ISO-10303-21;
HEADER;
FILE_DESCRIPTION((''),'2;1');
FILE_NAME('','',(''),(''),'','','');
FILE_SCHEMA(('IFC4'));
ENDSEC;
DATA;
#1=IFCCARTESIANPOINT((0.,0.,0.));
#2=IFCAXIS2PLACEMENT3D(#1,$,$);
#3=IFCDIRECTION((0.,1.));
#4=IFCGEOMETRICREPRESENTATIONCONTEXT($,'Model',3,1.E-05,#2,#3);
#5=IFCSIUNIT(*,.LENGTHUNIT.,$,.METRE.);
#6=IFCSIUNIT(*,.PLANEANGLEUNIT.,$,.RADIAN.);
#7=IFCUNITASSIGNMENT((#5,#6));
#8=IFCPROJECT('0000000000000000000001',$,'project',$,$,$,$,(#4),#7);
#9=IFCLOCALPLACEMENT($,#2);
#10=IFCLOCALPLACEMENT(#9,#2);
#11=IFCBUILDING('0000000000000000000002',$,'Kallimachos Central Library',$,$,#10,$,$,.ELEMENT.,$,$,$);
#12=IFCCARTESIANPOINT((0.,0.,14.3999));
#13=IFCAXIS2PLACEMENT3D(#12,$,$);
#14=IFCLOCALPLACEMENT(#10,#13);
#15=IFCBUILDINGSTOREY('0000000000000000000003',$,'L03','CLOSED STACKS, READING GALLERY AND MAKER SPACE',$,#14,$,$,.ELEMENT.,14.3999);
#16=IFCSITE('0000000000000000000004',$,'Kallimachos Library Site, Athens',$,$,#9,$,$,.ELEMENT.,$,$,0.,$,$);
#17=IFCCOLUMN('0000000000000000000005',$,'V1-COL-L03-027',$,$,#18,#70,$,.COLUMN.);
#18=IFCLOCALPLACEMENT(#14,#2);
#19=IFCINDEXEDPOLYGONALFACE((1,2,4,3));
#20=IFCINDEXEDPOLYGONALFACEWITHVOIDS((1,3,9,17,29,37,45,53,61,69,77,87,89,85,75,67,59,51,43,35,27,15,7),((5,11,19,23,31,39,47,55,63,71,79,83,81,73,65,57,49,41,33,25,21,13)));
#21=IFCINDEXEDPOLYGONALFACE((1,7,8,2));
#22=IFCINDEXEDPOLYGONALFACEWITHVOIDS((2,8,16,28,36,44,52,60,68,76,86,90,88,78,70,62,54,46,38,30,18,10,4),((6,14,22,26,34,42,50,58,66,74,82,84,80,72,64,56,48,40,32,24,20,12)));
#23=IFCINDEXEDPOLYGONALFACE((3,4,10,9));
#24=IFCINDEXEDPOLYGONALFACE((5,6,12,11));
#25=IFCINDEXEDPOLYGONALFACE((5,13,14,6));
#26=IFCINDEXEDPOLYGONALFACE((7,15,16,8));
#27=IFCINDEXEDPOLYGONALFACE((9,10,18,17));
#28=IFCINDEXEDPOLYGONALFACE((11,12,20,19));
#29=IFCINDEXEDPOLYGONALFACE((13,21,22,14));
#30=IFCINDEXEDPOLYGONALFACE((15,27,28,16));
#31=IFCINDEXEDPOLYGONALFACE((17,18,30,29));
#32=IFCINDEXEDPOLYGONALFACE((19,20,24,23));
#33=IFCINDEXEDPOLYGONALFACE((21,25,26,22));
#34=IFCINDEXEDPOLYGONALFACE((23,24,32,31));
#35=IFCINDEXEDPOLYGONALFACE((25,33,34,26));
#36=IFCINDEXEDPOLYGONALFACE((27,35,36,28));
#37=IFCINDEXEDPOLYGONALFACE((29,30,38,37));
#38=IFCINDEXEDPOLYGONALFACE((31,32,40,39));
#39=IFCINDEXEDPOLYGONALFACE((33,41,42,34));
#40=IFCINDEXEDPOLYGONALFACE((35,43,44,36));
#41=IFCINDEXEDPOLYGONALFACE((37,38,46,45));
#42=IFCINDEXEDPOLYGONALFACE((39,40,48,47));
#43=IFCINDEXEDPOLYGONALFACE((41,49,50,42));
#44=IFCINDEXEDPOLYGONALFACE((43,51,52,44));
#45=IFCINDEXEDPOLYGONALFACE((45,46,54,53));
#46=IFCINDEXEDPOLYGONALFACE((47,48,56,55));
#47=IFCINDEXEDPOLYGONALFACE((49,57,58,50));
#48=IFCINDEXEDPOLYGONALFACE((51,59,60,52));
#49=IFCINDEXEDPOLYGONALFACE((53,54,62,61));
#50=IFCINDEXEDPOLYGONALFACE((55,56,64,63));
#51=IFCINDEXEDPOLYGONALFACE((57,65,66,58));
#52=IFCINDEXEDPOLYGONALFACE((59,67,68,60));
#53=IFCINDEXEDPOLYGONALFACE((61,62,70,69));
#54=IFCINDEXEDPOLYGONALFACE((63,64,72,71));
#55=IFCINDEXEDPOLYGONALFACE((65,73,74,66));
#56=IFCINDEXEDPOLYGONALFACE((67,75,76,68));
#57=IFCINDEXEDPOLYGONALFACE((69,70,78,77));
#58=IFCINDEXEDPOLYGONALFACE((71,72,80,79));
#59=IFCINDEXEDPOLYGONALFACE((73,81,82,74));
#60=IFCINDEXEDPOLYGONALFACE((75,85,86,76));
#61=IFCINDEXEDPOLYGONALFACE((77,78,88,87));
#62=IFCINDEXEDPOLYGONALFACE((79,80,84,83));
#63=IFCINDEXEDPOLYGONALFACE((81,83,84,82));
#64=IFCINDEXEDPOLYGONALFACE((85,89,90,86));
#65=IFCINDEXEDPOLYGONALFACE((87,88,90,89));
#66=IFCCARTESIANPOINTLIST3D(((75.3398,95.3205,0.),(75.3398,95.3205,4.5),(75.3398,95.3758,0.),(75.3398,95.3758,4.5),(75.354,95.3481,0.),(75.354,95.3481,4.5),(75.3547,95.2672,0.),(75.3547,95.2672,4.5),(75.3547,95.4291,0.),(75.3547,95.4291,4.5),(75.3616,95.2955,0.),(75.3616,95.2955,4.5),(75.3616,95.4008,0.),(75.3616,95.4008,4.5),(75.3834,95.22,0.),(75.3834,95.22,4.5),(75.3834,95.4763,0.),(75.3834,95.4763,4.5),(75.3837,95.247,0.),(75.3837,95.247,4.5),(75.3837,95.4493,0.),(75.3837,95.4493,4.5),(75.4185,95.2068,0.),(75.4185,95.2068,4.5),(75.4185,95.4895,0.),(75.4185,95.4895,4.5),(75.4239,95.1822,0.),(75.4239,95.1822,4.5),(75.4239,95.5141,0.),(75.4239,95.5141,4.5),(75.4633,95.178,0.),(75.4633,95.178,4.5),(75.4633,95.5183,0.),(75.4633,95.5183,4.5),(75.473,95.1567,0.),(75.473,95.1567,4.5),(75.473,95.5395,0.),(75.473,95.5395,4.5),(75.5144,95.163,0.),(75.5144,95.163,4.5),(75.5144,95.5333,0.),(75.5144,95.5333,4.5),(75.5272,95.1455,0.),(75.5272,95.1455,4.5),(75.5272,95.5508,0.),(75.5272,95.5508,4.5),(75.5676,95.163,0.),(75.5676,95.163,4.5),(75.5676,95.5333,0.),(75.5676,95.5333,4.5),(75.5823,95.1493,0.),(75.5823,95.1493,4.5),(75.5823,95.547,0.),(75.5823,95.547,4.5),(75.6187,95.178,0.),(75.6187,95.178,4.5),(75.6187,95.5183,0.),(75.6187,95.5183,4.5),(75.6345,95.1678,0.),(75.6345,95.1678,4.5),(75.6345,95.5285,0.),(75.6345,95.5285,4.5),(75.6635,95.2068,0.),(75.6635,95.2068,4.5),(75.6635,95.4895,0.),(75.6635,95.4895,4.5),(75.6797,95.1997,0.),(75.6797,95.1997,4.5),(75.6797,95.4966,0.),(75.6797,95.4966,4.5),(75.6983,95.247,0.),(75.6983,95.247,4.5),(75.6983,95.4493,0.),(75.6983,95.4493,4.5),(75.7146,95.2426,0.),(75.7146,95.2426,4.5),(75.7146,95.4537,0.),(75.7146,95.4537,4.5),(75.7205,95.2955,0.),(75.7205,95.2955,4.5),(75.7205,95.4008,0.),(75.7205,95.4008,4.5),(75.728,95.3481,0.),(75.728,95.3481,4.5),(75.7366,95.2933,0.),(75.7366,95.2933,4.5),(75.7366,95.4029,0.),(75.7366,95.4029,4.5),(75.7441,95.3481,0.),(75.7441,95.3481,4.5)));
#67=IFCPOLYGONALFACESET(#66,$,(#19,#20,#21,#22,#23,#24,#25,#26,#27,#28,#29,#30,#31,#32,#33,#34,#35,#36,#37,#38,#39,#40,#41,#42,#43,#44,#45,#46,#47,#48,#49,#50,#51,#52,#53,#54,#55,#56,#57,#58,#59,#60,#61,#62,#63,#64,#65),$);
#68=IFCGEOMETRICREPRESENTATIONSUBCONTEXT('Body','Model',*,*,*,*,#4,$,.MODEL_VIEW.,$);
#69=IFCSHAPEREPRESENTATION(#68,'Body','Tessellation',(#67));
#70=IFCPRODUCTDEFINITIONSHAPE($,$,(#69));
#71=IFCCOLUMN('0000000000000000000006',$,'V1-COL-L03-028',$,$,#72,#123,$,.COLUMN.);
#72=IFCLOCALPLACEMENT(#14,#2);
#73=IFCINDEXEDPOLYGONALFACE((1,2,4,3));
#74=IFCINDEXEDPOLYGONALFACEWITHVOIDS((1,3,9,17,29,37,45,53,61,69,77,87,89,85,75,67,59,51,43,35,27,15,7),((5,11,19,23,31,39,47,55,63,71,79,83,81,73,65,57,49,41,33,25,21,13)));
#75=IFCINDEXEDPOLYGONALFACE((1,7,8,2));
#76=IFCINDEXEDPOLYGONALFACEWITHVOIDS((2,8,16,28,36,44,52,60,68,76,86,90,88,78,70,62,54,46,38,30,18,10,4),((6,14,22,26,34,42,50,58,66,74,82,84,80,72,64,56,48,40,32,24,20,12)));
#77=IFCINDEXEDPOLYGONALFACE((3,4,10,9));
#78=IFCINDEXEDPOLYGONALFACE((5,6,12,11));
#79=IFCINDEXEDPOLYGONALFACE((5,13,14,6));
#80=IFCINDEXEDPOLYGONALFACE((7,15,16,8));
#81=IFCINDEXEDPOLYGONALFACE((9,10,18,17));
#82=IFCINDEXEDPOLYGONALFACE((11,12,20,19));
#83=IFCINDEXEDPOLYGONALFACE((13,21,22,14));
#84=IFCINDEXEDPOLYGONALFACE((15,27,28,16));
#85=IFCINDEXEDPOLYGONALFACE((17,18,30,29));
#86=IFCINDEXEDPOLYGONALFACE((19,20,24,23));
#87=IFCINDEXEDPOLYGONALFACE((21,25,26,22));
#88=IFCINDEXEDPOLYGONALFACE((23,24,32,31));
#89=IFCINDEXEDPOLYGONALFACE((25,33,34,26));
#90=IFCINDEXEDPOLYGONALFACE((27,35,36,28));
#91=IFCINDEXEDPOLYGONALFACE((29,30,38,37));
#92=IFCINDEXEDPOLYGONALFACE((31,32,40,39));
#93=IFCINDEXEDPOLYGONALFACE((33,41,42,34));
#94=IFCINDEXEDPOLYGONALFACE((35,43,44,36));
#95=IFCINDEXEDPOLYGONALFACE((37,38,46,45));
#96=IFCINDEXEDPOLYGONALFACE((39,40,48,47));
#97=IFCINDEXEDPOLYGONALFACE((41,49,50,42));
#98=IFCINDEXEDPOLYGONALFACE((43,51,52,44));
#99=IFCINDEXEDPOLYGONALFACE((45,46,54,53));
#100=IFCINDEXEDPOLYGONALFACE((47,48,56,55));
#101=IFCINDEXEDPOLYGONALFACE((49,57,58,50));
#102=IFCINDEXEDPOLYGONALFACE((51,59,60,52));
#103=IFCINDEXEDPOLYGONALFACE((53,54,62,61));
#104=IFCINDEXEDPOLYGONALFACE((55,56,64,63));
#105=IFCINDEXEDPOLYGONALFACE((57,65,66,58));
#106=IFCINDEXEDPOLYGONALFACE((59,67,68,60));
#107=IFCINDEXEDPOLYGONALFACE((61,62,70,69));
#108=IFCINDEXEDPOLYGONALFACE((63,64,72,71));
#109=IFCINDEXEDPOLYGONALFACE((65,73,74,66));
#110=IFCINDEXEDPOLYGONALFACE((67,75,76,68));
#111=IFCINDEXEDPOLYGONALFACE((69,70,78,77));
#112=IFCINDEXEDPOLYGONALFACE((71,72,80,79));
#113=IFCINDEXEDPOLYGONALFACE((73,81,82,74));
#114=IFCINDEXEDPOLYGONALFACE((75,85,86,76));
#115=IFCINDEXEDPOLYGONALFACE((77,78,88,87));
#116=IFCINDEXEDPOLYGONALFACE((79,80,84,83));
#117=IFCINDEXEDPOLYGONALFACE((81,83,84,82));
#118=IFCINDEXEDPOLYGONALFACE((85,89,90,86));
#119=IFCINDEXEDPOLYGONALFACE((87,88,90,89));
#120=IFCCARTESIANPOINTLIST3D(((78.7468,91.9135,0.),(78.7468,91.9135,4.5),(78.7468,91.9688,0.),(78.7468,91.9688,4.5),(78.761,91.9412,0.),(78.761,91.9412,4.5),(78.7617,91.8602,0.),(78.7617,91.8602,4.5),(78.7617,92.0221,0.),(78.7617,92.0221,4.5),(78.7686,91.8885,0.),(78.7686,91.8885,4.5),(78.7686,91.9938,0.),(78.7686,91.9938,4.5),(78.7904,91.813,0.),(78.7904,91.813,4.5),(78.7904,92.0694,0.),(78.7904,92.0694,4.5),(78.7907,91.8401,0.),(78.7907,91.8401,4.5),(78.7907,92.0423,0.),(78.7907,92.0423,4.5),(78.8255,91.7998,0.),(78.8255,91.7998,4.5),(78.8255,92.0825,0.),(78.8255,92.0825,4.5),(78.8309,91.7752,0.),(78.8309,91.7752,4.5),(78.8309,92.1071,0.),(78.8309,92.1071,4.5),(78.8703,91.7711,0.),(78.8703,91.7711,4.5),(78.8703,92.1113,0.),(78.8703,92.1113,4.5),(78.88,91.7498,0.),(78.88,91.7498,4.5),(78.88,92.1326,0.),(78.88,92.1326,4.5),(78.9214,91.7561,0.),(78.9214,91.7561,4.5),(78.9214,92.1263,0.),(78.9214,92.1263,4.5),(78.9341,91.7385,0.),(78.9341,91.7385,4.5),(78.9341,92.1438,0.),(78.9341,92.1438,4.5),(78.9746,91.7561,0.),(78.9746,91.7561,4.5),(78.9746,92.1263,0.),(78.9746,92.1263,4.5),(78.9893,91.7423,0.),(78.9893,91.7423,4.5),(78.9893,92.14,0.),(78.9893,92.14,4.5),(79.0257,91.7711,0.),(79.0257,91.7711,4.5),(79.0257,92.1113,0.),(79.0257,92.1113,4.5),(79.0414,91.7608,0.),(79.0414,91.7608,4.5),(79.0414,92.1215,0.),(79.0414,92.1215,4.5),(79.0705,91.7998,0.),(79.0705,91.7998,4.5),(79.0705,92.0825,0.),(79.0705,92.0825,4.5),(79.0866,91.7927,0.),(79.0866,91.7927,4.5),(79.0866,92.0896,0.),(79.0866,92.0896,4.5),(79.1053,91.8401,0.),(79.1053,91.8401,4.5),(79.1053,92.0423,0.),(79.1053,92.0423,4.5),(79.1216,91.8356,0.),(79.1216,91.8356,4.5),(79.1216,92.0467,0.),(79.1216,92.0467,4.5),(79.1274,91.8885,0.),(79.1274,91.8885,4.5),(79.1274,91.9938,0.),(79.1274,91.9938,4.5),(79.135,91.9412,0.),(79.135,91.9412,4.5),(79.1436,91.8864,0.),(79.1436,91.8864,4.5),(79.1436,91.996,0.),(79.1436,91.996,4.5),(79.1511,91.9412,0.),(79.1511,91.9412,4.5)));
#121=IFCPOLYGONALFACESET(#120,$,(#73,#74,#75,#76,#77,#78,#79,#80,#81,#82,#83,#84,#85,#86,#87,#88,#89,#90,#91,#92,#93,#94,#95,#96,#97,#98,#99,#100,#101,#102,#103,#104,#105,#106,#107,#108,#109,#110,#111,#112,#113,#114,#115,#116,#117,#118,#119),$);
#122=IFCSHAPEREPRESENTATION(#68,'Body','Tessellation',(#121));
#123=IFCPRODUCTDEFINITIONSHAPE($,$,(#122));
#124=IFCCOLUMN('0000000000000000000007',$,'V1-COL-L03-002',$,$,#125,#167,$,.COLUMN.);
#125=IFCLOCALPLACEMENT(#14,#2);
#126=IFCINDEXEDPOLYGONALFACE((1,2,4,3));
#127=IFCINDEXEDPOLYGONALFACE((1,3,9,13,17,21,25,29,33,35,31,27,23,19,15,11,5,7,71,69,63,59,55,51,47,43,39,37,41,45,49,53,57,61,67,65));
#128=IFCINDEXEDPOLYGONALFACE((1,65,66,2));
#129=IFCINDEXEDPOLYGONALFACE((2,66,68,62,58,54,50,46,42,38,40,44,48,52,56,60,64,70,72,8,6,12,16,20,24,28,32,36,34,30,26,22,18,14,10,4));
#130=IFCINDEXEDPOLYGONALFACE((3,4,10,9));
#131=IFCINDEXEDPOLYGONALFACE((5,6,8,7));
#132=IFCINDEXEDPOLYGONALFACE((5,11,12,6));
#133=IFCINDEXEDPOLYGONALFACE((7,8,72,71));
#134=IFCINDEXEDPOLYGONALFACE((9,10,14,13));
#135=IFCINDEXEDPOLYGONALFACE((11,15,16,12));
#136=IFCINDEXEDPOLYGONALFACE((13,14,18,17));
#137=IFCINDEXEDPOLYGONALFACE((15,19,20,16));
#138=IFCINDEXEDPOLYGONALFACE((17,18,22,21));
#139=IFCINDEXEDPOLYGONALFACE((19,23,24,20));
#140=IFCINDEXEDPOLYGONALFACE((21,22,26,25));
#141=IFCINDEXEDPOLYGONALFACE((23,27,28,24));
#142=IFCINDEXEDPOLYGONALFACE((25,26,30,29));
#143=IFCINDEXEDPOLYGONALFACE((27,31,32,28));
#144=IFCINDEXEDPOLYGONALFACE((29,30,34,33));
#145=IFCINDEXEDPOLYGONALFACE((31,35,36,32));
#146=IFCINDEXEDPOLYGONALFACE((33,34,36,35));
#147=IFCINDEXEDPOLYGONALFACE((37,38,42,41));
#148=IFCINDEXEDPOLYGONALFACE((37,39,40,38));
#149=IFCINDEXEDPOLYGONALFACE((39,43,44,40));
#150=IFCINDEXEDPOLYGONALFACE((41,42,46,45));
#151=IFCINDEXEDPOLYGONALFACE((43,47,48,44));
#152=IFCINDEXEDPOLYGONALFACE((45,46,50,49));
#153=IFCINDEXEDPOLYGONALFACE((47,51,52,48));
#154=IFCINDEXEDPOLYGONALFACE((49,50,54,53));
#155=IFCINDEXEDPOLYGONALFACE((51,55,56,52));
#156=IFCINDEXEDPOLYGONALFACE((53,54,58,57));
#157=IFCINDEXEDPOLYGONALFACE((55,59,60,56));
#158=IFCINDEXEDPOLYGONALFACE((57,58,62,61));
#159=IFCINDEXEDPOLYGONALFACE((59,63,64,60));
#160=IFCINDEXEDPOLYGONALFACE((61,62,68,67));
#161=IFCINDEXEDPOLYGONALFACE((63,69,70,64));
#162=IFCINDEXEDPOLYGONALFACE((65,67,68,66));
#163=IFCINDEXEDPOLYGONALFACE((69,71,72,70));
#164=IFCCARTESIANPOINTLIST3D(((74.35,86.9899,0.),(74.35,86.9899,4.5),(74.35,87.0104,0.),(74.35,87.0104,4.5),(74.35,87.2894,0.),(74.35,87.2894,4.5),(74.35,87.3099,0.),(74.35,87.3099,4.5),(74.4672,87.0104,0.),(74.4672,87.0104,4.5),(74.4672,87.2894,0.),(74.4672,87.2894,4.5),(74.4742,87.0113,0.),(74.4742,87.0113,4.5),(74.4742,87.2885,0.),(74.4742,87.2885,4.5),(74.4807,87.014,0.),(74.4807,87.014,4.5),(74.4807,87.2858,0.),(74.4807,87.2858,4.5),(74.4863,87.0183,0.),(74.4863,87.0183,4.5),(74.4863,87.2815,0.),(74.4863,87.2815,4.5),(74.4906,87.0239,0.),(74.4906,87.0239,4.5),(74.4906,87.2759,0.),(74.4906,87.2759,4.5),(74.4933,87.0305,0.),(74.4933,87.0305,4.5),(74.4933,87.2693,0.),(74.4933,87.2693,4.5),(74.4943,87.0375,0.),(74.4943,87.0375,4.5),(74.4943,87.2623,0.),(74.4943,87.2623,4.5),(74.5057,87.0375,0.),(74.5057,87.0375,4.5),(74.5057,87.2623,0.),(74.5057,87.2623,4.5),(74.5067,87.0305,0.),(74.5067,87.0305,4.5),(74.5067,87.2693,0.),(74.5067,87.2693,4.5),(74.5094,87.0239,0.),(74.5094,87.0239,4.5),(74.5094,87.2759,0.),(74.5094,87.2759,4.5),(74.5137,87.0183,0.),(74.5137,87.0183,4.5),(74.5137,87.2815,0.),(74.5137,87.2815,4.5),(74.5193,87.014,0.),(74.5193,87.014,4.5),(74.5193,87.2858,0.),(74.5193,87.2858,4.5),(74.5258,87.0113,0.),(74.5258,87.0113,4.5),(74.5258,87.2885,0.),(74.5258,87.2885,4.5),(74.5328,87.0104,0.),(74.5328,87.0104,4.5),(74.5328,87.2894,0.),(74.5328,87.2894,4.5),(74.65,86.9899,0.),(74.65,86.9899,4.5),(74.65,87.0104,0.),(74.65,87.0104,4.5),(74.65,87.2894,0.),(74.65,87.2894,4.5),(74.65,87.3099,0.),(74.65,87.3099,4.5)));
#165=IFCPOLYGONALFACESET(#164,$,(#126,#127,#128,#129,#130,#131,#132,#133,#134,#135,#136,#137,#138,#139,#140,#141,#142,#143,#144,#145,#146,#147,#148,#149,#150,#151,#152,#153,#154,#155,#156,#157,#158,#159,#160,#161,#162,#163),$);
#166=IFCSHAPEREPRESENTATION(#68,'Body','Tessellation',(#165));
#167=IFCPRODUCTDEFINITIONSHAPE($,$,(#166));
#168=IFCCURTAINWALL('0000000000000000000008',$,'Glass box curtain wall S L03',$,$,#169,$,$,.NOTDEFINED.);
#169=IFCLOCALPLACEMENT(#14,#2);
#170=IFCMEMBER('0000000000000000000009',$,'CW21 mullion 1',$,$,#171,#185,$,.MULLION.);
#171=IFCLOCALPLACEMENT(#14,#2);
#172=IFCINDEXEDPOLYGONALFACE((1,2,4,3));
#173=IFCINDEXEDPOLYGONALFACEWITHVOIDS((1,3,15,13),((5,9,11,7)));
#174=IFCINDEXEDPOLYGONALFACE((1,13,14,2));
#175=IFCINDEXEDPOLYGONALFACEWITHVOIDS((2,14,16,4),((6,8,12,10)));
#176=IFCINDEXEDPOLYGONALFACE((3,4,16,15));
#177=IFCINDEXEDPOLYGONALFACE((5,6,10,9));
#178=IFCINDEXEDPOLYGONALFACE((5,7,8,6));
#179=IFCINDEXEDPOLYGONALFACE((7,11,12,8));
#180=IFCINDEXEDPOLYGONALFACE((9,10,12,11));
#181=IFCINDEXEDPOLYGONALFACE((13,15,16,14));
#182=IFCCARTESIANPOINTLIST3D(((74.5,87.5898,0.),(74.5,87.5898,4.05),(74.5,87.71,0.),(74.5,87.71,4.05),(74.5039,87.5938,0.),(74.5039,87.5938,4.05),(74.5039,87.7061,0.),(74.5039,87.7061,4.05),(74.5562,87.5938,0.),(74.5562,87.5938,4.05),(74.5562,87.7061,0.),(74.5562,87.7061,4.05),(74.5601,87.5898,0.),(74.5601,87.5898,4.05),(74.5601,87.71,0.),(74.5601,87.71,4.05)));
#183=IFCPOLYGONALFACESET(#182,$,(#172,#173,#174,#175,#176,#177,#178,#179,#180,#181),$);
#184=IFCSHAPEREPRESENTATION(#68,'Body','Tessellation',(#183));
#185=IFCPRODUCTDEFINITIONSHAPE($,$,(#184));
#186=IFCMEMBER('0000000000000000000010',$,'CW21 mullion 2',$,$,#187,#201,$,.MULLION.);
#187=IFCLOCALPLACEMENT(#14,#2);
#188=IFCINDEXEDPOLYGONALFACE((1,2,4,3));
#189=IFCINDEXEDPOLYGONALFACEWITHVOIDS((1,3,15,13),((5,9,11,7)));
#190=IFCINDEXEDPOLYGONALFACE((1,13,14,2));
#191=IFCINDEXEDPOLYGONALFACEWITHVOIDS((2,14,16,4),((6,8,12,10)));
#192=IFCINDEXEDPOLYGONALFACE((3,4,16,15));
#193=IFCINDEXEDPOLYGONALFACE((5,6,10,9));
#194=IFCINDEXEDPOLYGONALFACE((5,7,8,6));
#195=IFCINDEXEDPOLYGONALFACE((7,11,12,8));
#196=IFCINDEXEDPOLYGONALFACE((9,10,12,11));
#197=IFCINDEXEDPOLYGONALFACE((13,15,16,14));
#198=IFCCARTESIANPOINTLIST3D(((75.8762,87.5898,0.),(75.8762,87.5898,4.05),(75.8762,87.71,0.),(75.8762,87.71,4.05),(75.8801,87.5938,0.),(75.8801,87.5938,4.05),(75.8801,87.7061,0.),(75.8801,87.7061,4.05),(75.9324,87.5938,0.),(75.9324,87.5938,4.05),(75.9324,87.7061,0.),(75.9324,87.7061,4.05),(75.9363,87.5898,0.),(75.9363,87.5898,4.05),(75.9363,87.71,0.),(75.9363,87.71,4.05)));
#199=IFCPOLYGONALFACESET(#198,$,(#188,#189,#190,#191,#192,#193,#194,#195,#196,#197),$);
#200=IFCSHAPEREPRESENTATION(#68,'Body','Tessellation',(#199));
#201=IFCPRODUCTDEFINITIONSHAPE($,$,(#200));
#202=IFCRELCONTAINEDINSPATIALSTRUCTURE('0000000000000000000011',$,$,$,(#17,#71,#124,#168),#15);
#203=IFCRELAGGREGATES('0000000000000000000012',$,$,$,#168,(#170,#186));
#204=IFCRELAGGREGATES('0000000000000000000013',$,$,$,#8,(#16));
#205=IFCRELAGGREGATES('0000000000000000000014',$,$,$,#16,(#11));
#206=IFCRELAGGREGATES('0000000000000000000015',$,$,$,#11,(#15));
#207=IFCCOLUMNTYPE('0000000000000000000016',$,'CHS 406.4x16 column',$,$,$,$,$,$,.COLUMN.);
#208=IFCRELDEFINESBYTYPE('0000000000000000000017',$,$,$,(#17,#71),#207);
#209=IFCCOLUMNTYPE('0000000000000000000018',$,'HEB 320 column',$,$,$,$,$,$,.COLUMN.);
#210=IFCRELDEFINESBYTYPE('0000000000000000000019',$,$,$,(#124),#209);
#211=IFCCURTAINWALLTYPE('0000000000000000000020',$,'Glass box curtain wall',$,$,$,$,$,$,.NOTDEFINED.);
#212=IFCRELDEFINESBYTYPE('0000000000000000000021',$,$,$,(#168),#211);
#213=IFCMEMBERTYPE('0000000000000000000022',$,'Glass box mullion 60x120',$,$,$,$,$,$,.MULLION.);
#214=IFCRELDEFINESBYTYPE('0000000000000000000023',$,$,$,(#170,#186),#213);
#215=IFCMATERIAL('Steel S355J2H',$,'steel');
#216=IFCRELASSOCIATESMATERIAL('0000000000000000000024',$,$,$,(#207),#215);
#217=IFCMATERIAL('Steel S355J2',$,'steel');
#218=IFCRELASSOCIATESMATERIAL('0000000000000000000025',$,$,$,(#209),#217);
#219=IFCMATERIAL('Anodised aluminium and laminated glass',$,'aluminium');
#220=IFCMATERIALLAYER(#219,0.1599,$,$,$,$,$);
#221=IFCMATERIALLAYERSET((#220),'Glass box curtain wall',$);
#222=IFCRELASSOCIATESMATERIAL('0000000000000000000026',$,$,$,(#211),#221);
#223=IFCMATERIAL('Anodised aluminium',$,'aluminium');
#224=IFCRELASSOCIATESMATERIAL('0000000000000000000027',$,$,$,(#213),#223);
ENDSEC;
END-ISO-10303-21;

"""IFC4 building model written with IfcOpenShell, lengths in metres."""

from ifc_helpers import new_model, si_unit, direction, frame, origin, origin_2d, place, context, subcontext, project, spatial, hollow_rectangle, hollow_circle, i_section, extrude, material, layer, layer_set, material_profile, profile_set, type_object, element, aggregate, save


model = new_model("IFC4")

# Units and contexts
model_context = context("Model", 3, precision=1e-05, world=origin(), true_north=direction((0.0, 1.0)))
body_context = subcontext(model_context, "Body", "Model", "MODEL_VIEW")
ifc_project = project(units=[si_unit("LENGTHUNIT", "METRE"), si_unit("PLANEANGLEUNIT", "RADIAN")], contexts=[model_context])

# Site, building, storey
site_placement = place(None, origin())
site = spatial("IfcSite", under=ifc_project, at=site_placement, Name="Kallimachos Library Site, Athens", CompositionType="ELEMENT", RefElevation=0.0)
building_placement = place(site_placement, origin())
building = spatial("IfcBuilding", under=site, at=building_placement, Name="Kallimachos Central Library", CompositionType="ELEMENT")
storey_placement = place(building_placement, frame((0.0, 0.0, 14.3999)))
storey = spatial("IfcBuildingStorey", under=building, at=storey_placement, Name="L03", Description="CLOSED STACKS, READING GALLERY AND MAKER SPACE", CompositionType="ELEMENT", Elevation=14.3999)

# Columns
ifc_material_1 = material(Name="Steel S355J2H", Category="steel")
ifc_material_profile_1 = material_profile(ifc_material_1, hollow_circle(Radius=0.2031, WallThickness=0.0161, at=origin_2d()), Name="CHS 406.4x16")
ifc_profile_set_1 = profile_set([ifc_material_profile_1], Name="Steel S355J2H")
column_type_1 = type_object("IfcColumnType", Name="CHS 406.4x16 column", PredefinedType="COLUMN", material=ifc_profile_set_1)
for number, where, z_axis, x_axis, name in (
    (1, (75.541, 95.3481, 0.0), (0.0, 0.0, 1.0), (1.0, 0.0, 0.0), "V1-COL-L03-027"),
    (2, (78.948, 91.9412, 0.0), (0.0, 0.0, 1.0), (1.0, 0.0, 0.0), "V1-COL-L03-028"),
):
    element("IfcColumn", number, at=place(storey_placement, frame(where, z_axis=z_axis, x_axis=x_axis)), inside=storey, type_object=column_type_1, Name=name, PredefinedType="COLUMN", context=body_context, shape_type="SweptSolid", body=[
        extrude(hollow_circle(Radius=0.2031, WallThickness=0.0161, at=origin_2d()), origin(), (0.0, 0.0, 1.0), 4.5),
    ])
ifc_material_2 = material(Name="Steel S355J2", Category="steel")
ifc_material_profile_2 = material_profile(ifc_material_2, i_section(OverallWidth=0.3, OverallDepth=0.3201, WebThickness=0.0115, FlangeThickness=0.0205, FilletRadius=0.0271, at=origin_2d()), Name="HEB 320")
ifc_profile_set_2 = profile_set([ifc_material_profile_2], Name="Steel S355J2")
column_type_2 = type_object("IfcColumnType", Name="HEB 320 column", PredefinedType="COLUMN", material=ifc_profile_set_2)
column_placement = place(storey_placement, frame((74.5, 87.1499, 0.0), z_axis=(0.0, 0.0, 1.0), x_axis=(1.0, 0.0, 0.0)))
element("IfcColumn", 3, at=column_placement, inside=storey, type_object=column_type_2, Name="V1-COL-L03-002", PredefinedType="COLUMN", context=body_context, shape_type="SweptSolid", body=[
    extrude(i_section(OverallWidth=0.3, OverallDepth=0.3201, WebThickness=0.0115, FlangeThickness=0.0205, FilletRadius=0.0271, at=origin_2d()), origin(), (0.0, 0.0, 1.0), 4.5),
])

# Curtain wall, members
ifc_material_3 = material(Name="Anodised aluminium and laminated glass", Category="aluminium")
ifc_layer_1 = layer(ifc_material_3, 0.1599)
ifc_layer_set_1 = layer_set([ifc_layer_1], Name="Glass box curtain wall")
curtain_wall_type = type_object("IfcCurtainWallType", Name="Glass box curtain wall", PredefinedType="NOTDEFINED", material=ifc_layer_set_1)
curtain_wall_placement = place(storey_placement, origin())
curtain_wall = element("IfcCurtainWall", 4, at=curtain_wall_placement, inside=storey, type_object=curtain_wall_type, Name="Glass box curtain wall S L03", PredefinedType="NOTDEFINED")
ifc_material_4 = material(Name="Anodised aluminium", Category="aluminium")
ifc_material_profile_3 = material_profile(ifc_material_4, hollow_rectangle(XDim=0.0601, YDim=0.1201, WallThickness=0.0039, at=origin_2d()), Name="ALU MULLION 60x120")
ifc_profile_set_3 = profile_set([ifc_material_profile_3], Name="Anodised aluminium")
member_type_1 = type_object("IfcMemberType", Name="Glass box mullion 60x120", PredefinedType="MULLION", material=ifc_profile_set_3)
member_1_placement = place(storey_placement, frame((74.53, 87.6499, 0.0), z_axis=(0.0, 0.0, 1.0), x_axis=(1.0, 0.0, 0.0)))
member_1 = element("IfcMember", 5, at=member_1_placement, type_object=member_type_1, Name="CW21 mullion 1", PredefinedType="MULLION", context=body_context, shape_type="SweptSolid", body=[
    extrude(hollow_rectangle(XDim=0.0601, YDim=0.1201, WallThickness=0.0039, at=origin_2d()), origin(), (0.0, 0.0, 1.0), 4.05),
])
member_2_placement = place(storey_placement, frame((75.9062, 87.6499, 0.0), z_axis=(0.0, 0.0, 1.0), x_axis=(1.0, 0.0, 0.0)))
member_2 = element("IfcMember", 6, at=member_2_placement, type_object=member_type_1, Name="CW21 mullion 2", PredefinedType="MULLION", context=body_context, shape_type="SweptSolid", body=[
    extrude(hollow_rectangle(XDim=0.0601, YDim=0.1201, WallThickness=0.0039, at=origin_2d()), origin(), (0.0, 0.0, 1.0), 4.05),
])

aggregate(curtain_wall, [member_1, member_2])

save(model, "model.ifc")
